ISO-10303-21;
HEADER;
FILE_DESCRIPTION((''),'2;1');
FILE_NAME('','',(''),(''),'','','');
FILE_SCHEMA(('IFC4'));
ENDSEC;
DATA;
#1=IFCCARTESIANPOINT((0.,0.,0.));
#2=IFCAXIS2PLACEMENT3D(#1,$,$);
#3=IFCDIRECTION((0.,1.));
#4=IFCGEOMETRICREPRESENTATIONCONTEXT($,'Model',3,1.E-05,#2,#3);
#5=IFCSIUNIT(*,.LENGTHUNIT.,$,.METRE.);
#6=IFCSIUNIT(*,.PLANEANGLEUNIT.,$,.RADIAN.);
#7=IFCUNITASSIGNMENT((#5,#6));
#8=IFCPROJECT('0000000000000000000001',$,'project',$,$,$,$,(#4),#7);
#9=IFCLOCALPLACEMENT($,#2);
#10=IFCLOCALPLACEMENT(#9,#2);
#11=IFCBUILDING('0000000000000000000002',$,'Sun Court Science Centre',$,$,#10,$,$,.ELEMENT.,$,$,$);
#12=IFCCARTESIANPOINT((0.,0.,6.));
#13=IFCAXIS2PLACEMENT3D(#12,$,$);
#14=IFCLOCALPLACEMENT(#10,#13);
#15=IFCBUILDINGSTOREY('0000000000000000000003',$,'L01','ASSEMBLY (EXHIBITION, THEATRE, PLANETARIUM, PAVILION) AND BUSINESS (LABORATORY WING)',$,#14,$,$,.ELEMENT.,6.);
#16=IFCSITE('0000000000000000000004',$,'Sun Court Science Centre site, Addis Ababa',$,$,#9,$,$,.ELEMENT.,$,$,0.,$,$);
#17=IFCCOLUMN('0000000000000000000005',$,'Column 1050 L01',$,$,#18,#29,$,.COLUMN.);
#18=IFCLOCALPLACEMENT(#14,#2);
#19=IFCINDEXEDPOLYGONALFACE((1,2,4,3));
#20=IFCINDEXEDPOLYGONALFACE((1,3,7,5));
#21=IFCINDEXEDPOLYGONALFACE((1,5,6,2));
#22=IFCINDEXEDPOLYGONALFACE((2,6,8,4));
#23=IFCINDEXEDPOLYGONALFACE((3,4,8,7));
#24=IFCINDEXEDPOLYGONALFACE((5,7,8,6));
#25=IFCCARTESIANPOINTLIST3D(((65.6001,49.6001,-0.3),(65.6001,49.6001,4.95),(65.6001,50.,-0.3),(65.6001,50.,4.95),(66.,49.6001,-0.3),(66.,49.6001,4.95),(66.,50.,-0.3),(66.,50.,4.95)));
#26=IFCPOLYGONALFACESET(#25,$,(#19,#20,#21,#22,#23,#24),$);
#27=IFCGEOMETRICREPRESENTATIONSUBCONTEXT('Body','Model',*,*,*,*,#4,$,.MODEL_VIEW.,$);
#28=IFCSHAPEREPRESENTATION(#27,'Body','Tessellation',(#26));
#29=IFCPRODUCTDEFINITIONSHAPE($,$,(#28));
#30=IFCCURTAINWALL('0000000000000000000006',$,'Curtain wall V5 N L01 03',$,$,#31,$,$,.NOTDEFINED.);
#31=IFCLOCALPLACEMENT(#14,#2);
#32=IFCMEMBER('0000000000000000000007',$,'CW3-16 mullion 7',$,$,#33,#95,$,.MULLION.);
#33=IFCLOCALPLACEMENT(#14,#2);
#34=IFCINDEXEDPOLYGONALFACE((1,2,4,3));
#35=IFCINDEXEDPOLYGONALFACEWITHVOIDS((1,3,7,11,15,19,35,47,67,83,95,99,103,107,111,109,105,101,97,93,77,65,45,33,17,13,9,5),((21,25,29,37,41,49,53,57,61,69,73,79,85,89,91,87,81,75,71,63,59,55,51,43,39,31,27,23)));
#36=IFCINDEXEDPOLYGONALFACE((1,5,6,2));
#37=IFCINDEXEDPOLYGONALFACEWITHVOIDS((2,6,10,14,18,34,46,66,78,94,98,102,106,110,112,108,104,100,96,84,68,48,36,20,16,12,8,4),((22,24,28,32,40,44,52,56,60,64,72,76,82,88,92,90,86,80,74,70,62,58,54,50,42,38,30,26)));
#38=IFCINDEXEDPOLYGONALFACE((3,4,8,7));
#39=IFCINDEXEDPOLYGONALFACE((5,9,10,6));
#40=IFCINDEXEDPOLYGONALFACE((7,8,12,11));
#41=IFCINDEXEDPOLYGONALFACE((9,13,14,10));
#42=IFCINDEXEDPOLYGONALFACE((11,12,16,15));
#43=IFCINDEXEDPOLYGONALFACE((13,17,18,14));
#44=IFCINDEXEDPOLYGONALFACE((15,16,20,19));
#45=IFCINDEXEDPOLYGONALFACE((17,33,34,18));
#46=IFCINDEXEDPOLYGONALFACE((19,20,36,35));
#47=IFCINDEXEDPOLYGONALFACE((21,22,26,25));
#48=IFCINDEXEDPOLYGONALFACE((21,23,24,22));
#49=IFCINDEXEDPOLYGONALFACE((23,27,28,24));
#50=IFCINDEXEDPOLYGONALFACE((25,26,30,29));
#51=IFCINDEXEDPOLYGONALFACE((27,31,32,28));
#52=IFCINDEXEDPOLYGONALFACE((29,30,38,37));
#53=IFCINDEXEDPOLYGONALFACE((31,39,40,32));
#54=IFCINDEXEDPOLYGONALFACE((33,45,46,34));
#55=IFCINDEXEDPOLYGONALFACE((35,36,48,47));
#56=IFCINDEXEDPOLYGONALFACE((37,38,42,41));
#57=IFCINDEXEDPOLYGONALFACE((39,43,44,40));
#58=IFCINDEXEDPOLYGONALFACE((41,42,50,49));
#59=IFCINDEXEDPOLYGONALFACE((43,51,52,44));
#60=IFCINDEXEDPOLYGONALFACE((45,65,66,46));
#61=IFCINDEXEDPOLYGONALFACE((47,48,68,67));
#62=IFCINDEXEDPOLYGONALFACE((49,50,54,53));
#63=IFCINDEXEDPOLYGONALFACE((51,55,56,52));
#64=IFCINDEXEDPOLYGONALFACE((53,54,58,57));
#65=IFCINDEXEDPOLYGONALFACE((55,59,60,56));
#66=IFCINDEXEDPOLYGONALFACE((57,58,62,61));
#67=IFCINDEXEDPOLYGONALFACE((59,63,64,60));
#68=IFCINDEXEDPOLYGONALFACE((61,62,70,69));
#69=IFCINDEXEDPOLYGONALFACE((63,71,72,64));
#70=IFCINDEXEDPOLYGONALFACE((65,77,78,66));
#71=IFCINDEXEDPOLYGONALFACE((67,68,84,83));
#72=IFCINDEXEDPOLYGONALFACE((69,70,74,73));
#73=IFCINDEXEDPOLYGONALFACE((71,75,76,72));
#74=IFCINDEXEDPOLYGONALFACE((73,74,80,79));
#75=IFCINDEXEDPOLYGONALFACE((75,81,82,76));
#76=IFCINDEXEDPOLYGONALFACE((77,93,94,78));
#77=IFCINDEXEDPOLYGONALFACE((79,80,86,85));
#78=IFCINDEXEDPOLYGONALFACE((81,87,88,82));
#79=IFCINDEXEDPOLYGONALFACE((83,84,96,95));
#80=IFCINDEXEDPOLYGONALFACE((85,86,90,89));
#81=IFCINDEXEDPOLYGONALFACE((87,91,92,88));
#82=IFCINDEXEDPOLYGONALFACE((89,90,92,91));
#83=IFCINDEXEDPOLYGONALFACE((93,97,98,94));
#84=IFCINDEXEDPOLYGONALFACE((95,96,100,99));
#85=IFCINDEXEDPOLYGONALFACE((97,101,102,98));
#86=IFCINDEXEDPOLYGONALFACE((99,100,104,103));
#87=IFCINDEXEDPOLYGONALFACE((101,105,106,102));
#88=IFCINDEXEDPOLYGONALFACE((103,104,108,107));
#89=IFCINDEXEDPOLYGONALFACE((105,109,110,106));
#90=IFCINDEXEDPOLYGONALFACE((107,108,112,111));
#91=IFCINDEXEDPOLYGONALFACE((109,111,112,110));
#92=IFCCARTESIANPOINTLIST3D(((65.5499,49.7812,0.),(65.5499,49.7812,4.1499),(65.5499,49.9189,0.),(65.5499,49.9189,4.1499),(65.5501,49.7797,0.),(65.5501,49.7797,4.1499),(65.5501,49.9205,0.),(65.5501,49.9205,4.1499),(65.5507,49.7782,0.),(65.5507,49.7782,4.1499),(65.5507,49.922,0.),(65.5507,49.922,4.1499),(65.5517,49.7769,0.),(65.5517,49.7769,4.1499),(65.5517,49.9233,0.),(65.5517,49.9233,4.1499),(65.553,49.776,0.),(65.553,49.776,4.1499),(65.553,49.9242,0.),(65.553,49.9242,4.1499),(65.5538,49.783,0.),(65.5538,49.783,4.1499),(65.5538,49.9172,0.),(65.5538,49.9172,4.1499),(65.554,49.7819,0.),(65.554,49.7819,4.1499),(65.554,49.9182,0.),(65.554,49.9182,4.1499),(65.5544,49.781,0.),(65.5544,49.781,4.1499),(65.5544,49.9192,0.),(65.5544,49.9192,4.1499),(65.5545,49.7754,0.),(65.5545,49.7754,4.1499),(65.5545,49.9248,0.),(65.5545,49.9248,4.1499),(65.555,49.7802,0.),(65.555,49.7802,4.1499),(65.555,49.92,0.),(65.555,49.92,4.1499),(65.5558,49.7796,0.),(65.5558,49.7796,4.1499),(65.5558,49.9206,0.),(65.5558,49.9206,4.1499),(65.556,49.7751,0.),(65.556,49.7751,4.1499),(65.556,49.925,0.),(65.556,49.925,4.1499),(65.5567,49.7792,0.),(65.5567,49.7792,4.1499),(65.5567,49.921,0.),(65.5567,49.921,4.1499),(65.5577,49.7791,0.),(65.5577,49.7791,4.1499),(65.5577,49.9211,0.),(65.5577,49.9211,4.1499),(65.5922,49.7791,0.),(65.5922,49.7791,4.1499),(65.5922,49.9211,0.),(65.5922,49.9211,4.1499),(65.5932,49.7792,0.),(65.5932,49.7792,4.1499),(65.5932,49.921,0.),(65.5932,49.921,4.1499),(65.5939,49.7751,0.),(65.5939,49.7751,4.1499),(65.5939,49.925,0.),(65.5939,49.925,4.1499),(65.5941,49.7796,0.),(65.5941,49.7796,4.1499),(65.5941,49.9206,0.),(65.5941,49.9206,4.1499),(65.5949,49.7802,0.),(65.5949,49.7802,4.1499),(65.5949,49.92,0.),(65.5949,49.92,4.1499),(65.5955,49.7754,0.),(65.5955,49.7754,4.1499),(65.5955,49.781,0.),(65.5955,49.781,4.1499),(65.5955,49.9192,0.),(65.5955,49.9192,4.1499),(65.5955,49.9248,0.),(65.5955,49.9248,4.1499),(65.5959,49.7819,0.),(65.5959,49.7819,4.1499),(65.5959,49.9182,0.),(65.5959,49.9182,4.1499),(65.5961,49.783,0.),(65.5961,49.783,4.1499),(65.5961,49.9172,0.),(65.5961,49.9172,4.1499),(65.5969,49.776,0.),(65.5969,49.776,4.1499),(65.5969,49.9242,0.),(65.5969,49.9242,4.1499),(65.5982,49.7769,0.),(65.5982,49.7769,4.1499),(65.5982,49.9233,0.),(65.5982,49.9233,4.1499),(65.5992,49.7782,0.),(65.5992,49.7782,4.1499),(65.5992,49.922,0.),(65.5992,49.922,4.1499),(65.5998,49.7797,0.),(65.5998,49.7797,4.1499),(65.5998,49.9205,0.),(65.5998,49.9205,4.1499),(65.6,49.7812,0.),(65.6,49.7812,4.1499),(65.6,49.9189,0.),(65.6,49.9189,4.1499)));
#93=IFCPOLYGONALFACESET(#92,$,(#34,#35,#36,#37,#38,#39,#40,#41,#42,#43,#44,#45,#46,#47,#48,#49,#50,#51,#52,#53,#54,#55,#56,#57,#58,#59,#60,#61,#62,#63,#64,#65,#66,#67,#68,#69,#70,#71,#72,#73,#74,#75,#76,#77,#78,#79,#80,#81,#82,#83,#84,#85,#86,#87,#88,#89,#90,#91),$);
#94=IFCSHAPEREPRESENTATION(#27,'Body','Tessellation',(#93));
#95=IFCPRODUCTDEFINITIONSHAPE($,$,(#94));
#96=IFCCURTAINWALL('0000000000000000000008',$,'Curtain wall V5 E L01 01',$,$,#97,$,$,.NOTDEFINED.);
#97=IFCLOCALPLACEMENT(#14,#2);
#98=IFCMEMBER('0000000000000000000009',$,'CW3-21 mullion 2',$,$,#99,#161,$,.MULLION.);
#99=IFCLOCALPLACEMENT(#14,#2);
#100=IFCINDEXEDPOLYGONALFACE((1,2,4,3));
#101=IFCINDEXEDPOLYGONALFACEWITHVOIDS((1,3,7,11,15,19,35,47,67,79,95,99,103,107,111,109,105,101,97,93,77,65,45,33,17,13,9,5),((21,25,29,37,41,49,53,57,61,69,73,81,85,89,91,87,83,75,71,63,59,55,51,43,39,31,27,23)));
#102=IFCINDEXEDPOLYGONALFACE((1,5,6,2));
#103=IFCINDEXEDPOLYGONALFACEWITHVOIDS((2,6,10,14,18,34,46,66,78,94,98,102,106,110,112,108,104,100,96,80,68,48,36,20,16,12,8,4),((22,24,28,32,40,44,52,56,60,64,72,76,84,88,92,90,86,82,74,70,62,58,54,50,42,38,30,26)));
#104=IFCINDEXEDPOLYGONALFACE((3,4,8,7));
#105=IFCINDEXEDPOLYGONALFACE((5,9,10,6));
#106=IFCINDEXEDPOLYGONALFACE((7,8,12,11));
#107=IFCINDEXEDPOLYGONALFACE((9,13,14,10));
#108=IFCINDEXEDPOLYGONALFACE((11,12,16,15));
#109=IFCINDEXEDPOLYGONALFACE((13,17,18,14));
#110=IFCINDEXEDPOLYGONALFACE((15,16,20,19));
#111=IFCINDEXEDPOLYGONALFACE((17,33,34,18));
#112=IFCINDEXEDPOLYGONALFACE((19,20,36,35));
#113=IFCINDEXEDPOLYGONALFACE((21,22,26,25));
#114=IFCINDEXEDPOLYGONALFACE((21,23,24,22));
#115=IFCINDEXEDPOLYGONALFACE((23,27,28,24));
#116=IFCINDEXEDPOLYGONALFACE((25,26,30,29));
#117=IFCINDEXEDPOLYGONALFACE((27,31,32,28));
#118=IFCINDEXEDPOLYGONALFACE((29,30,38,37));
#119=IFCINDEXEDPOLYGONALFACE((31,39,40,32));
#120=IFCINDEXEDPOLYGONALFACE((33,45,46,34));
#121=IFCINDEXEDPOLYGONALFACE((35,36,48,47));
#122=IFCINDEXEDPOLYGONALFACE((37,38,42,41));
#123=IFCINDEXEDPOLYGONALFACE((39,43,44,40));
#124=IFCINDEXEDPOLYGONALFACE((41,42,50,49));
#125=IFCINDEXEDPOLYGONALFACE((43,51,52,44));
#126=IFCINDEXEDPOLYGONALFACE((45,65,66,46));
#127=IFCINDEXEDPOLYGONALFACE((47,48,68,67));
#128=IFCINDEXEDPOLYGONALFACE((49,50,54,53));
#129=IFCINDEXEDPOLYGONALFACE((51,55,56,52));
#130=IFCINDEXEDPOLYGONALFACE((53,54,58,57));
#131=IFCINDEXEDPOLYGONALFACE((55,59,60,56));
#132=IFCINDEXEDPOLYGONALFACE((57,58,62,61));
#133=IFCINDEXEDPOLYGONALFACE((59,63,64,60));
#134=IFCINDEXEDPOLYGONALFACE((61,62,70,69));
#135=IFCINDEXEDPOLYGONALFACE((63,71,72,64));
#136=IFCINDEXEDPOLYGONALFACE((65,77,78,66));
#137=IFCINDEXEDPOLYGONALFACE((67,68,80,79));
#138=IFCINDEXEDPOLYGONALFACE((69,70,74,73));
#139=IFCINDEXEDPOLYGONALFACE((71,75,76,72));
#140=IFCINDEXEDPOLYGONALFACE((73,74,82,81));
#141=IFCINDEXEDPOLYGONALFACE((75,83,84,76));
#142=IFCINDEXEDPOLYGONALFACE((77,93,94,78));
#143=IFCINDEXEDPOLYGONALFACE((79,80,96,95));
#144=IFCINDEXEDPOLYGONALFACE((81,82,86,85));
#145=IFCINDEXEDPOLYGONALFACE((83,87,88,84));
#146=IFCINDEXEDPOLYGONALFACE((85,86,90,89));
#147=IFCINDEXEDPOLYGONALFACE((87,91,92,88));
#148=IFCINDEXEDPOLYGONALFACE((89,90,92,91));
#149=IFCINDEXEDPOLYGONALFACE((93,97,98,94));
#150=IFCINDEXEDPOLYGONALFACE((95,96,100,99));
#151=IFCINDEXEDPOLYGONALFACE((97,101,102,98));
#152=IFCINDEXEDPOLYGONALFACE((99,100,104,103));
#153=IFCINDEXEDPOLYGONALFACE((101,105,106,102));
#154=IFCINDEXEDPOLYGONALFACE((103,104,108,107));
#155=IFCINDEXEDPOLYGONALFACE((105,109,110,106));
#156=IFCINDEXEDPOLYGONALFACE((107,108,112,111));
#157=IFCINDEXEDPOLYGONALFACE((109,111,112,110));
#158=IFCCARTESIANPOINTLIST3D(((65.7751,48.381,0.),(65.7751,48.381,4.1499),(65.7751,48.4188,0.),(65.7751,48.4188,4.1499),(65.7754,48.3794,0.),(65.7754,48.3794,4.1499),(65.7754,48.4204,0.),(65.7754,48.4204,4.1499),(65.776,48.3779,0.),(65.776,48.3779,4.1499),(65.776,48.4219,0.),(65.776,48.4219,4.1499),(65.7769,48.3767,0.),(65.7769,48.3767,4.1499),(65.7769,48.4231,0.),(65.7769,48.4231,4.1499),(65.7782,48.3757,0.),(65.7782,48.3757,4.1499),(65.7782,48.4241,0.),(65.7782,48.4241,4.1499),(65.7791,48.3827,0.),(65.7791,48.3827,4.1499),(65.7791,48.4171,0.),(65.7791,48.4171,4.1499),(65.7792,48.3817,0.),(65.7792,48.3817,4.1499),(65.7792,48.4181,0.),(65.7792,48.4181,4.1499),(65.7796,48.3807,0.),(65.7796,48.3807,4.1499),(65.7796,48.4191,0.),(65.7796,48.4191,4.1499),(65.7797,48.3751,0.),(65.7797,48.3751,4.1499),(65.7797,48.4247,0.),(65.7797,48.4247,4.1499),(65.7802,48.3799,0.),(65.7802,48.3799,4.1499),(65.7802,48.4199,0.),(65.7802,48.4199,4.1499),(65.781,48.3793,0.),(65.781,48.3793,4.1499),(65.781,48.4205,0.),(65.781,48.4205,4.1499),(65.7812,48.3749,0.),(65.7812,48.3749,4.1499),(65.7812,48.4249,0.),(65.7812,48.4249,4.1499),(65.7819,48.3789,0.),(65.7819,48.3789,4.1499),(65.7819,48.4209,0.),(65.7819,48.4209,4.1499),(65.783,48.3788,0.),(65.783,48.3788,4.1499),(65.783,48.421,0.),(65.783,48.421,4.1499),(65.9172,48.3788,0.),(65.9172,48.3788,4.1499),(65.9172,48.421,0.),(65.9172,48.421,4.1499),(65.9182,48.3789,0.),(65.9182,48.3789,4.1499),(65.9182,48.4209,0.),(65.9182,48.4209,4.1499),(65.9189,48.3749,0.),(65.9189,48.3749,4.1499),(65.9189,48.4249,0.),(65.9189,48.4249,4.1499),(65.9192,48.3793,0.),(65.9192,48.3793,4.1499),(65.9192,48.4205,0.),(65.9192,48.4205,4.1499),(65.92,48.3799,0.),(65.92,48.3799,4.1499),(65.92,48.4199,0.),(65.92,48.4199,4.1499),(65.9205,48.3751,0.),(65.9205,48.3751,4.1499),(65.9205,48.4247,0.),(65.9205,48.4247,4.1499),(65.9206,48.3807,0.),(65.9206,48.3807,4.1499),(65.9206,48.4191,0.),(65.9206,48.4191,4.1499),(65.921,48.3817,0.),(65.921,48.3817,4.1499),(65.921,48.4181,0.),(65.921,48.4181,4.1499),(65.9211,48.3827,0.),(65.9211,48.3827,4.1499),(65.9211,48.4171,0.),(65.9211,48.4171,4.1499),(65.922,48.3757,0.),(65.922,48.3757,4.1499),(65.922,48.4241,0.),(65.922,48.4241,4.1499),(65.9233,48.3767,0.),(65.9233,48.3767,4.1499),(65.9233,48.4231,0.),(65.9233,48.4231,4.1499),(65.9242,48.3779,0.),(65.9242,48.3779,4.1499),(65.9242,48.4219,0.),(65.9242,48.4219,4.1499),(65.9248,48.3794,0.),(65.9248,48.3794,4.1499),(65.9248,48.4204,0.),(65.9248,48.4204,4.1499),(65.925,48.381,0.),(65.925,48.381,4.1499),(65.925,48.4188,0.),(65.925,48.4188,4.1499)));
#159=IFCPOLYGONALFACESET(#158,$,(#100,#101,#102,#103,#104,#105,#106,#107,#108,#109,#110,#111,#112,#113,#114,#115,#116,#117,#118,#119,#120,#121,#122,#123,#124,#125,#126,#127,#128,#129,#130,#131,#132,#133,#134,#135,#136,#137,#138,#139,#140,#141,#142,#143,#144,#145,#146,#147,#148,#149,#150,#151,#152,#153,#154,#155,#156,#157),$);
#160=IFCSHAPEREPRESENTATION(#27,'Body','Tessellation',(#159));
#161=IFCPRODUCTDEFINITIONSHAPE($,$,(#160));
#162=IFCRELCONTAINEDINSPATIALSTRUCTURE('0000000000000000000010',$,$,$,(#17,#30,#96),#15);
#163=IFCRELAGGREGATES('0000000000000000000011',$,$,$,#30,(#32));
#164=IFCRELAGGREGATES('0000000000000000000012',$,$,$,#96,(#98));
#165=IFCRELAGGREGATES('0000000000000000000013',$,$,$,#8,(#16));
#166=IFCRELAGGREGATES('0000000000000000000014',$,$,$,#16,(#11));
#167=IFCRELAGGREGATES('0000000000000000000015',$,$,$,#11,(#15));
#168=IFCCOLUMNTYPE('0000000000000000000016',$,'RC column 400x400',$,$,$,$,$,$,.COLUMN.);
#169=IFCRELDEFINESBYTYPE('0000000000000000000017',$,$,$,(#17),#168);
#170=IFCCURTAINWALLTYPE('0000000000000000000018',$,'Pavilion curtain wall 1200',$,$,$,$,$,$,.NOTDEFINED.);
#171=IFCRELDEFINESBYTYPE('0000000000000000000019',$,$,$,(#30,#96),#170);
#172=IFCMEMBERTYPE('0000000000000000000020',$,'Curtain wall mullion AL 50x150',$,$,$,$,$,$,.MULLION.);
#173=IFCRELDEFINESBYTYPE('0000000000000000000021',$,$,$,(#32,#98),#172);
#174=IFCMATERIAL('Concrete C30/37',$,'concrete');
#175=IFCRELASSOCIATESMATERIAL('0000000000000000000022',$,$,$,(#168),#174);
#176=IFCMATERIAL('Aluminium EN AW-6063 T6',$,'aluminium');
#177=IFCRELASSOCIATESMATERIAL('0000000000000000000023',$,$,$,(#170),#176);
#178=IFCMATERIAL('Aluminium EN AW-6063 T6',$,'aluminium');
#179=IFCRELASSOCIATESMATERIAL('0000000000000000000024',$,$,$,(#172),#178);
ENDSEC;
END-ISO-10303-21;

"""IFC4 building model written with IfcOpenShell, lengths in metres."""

from ifc_helpers import new_model, si_unit, direction, frame, origin, origin_2d, place, context, subcontext, project, spatial, rectangle, hollow_rectangle, extrude, material, material_profile, profile_set, type_object, element, aggregate, save


model = new_model("IFC4")

# Units and contexts
model_context = context("Model", 3, precision=1e-05, world=origin(), true_north=direction((0.0, 1.0)))
body_context = subcontext(model_context, "Body", "Model", "MODEL_VIEW")
ifc_project = project(units=[si_unit("LENGTHUNIT", "METRE"), si_unit("PLANEANGLEUNIT", "RADIAN")], contexts=[model_context])

# Site, building, storey
site_placement = place(None, origin())
site = spatial("IfcSite", under=ifc_project, at=site_placement, Name="Sun Court Science Centre site, Addis Ababa", CompositionType="ELEMENT", RefElevation=0.0)
building_placement = place(site_placement, origin())
building = spatial("IfcBuilding", under=site, at=building_placement, Name="Sun Court Science Centre", CompositionType="ELEMENT")
storey_placement = place(building_placement, frame((0.0, 0.0, 6.0)))
storey = spatial("IfcBuildingStorey", under=building, at=storey_placement, Name="L01", Description="ASSEMBLY (EXHIBITION, THEATRE, PLANETARIUM, PAVILION) AND BUSINESS (LABORATORY WING)", CompositionType="ELEMENT", Elevation=6.0)

# Column
ifc_material_1 = material(Name="Concrete C30/37", Category="concrete")
ifc_material_profile_1 = material_profile(ifc_material_1, rectangle(XDim=0.3999, YDim=0.3999, at=origin_2d()), Name="RC 400x400")
ifc_profile_set_1 = profile_set([ifc_material_profile_1], Name="Concrete C30/37")
column_type = type_object("IfcColumnType", Name="RC column 400x400", PredefinedType="COLUMN", material=ifc_profile_set_1)
column_placement = place(storey_placement, frame((65.8, 49.8, -0.3), z_axis=(0.0, 0.0, 1.0), x_axis=(1.0, 0.0, 0.0)))
element("IfcColumn", 1, at=column_placement, inside=storey, type_object=column_type, Name="Column 1050 L01", PredefinedType="COLUMN", context=body_context, shape_type="SweptSolid", body=[
    extrude(rectangle(XDim=0.3999, YDim=0.3999, at=origin_2d()), origin(), (0.0, 0.0, 1.0), 5.25),
])

# Curtain wall, member
ifc_material_2 = material(Name="Aluminium EN AW-6063 T6", Category="aluminium")
curtain_wall_type_1 = type_object("IfcCurtainWallType", Name="Pavilion curtain wall 1200", PredefinedType="NOTDEFINED", material=ifc_material_2)
curtain_wall_1_placement = place(storey_placement, origin())
curtain_wall_1 = element("IfcCurtainWall", 2, at=curtain_wall_1_placement, inside=storey, type_object=curtain_wall_type_1, Name="Curtain wall V5 N L01 03", PredefinedType="NOTDEFINED")
ifc_material_3 = material(Name="Aluminium EN AW-6063 T6", Category="aluminium")
ifc_material_profile_2 = material_profile(ifc_material_3, hollow_rectangle(XDim=0.05, YDim=0.1499, WallThickness=0.0039, InnerFilletRadius=0.0039, OuterFilletRadius=0.0061, at=origin_2d()), Name="AL 50x150x4")
ifc_profile_set_2 = profile_set([ifc_material_profile_2], Name="Aluminium EN AW-6063 T6")
member_type_1 = type_object("IfcMemberType", Name="Curtain wall mullion AL 50x150", PredefinedType="MULLION", material=ifc_profile_set_2)
member_1_placement = place(storey_placement, frame((65.575, 49.8501, 0.0), z_axis=(0.0, 0.0, 1.0), x_axis=(1.0, 0.0, 0.0)))
member_1 = element("IfcMember", 3, at=member_1_placement, type_object=member_type_1, Name="CW3-16 mullion 7", PredefinedType="MULLION", context=body_context, shape_type="SweptSolid", body=[
    extrude(hollow_rectangle(XDim=0.05, YDim=0.1499, WallThickness=0.0039, InnerFilletRadius=0.0039, OuterFilletRadius=0.0061, at=origin_2d()), origin(), (0.0, 0.0, 1.0), 4.1499),
])

# Curtain wall, member
curtain_wall_2_placement = place(storey_placement, origin())
curtain_wall_2 = element("IfcCurtainWall", 4, at=curtain_wall_2_placement, inside=storey, type_object=curtain_wall_type_1, Name="Curtain wall V5 E L01 01", PredefinedType="NOTDEFINED")
member_2_placement = place(storey_placement, frame((65.8501, 48.3999, 0.0), z_axis=(0.0, 0.0, 1.0), x_axis=(0.0, -1.0, 0.0)))
member_2 = element("IfcMember", 5, at=member_2_placement, type_object=member_type_1, Name="CW3-21 mullion 2", PredefinedType="MULLION", context=body_context, shape_type="SweptSolid", body=[
    extrude(hollow_rectangle(XDim=0.05, YDim=0.1499, WallThickness=0.0039, InnerFilletRadius=0.0039, OuterFilletRadius=0.0061, at=origin_2d()), origin(), (0.0, 0.0, 1.0), 4.1499),
])

aggregate(curtain_wall_1, [member_1])
aggregate(curtain_wall_2, [member_2])

save(model, "model.ifc")
